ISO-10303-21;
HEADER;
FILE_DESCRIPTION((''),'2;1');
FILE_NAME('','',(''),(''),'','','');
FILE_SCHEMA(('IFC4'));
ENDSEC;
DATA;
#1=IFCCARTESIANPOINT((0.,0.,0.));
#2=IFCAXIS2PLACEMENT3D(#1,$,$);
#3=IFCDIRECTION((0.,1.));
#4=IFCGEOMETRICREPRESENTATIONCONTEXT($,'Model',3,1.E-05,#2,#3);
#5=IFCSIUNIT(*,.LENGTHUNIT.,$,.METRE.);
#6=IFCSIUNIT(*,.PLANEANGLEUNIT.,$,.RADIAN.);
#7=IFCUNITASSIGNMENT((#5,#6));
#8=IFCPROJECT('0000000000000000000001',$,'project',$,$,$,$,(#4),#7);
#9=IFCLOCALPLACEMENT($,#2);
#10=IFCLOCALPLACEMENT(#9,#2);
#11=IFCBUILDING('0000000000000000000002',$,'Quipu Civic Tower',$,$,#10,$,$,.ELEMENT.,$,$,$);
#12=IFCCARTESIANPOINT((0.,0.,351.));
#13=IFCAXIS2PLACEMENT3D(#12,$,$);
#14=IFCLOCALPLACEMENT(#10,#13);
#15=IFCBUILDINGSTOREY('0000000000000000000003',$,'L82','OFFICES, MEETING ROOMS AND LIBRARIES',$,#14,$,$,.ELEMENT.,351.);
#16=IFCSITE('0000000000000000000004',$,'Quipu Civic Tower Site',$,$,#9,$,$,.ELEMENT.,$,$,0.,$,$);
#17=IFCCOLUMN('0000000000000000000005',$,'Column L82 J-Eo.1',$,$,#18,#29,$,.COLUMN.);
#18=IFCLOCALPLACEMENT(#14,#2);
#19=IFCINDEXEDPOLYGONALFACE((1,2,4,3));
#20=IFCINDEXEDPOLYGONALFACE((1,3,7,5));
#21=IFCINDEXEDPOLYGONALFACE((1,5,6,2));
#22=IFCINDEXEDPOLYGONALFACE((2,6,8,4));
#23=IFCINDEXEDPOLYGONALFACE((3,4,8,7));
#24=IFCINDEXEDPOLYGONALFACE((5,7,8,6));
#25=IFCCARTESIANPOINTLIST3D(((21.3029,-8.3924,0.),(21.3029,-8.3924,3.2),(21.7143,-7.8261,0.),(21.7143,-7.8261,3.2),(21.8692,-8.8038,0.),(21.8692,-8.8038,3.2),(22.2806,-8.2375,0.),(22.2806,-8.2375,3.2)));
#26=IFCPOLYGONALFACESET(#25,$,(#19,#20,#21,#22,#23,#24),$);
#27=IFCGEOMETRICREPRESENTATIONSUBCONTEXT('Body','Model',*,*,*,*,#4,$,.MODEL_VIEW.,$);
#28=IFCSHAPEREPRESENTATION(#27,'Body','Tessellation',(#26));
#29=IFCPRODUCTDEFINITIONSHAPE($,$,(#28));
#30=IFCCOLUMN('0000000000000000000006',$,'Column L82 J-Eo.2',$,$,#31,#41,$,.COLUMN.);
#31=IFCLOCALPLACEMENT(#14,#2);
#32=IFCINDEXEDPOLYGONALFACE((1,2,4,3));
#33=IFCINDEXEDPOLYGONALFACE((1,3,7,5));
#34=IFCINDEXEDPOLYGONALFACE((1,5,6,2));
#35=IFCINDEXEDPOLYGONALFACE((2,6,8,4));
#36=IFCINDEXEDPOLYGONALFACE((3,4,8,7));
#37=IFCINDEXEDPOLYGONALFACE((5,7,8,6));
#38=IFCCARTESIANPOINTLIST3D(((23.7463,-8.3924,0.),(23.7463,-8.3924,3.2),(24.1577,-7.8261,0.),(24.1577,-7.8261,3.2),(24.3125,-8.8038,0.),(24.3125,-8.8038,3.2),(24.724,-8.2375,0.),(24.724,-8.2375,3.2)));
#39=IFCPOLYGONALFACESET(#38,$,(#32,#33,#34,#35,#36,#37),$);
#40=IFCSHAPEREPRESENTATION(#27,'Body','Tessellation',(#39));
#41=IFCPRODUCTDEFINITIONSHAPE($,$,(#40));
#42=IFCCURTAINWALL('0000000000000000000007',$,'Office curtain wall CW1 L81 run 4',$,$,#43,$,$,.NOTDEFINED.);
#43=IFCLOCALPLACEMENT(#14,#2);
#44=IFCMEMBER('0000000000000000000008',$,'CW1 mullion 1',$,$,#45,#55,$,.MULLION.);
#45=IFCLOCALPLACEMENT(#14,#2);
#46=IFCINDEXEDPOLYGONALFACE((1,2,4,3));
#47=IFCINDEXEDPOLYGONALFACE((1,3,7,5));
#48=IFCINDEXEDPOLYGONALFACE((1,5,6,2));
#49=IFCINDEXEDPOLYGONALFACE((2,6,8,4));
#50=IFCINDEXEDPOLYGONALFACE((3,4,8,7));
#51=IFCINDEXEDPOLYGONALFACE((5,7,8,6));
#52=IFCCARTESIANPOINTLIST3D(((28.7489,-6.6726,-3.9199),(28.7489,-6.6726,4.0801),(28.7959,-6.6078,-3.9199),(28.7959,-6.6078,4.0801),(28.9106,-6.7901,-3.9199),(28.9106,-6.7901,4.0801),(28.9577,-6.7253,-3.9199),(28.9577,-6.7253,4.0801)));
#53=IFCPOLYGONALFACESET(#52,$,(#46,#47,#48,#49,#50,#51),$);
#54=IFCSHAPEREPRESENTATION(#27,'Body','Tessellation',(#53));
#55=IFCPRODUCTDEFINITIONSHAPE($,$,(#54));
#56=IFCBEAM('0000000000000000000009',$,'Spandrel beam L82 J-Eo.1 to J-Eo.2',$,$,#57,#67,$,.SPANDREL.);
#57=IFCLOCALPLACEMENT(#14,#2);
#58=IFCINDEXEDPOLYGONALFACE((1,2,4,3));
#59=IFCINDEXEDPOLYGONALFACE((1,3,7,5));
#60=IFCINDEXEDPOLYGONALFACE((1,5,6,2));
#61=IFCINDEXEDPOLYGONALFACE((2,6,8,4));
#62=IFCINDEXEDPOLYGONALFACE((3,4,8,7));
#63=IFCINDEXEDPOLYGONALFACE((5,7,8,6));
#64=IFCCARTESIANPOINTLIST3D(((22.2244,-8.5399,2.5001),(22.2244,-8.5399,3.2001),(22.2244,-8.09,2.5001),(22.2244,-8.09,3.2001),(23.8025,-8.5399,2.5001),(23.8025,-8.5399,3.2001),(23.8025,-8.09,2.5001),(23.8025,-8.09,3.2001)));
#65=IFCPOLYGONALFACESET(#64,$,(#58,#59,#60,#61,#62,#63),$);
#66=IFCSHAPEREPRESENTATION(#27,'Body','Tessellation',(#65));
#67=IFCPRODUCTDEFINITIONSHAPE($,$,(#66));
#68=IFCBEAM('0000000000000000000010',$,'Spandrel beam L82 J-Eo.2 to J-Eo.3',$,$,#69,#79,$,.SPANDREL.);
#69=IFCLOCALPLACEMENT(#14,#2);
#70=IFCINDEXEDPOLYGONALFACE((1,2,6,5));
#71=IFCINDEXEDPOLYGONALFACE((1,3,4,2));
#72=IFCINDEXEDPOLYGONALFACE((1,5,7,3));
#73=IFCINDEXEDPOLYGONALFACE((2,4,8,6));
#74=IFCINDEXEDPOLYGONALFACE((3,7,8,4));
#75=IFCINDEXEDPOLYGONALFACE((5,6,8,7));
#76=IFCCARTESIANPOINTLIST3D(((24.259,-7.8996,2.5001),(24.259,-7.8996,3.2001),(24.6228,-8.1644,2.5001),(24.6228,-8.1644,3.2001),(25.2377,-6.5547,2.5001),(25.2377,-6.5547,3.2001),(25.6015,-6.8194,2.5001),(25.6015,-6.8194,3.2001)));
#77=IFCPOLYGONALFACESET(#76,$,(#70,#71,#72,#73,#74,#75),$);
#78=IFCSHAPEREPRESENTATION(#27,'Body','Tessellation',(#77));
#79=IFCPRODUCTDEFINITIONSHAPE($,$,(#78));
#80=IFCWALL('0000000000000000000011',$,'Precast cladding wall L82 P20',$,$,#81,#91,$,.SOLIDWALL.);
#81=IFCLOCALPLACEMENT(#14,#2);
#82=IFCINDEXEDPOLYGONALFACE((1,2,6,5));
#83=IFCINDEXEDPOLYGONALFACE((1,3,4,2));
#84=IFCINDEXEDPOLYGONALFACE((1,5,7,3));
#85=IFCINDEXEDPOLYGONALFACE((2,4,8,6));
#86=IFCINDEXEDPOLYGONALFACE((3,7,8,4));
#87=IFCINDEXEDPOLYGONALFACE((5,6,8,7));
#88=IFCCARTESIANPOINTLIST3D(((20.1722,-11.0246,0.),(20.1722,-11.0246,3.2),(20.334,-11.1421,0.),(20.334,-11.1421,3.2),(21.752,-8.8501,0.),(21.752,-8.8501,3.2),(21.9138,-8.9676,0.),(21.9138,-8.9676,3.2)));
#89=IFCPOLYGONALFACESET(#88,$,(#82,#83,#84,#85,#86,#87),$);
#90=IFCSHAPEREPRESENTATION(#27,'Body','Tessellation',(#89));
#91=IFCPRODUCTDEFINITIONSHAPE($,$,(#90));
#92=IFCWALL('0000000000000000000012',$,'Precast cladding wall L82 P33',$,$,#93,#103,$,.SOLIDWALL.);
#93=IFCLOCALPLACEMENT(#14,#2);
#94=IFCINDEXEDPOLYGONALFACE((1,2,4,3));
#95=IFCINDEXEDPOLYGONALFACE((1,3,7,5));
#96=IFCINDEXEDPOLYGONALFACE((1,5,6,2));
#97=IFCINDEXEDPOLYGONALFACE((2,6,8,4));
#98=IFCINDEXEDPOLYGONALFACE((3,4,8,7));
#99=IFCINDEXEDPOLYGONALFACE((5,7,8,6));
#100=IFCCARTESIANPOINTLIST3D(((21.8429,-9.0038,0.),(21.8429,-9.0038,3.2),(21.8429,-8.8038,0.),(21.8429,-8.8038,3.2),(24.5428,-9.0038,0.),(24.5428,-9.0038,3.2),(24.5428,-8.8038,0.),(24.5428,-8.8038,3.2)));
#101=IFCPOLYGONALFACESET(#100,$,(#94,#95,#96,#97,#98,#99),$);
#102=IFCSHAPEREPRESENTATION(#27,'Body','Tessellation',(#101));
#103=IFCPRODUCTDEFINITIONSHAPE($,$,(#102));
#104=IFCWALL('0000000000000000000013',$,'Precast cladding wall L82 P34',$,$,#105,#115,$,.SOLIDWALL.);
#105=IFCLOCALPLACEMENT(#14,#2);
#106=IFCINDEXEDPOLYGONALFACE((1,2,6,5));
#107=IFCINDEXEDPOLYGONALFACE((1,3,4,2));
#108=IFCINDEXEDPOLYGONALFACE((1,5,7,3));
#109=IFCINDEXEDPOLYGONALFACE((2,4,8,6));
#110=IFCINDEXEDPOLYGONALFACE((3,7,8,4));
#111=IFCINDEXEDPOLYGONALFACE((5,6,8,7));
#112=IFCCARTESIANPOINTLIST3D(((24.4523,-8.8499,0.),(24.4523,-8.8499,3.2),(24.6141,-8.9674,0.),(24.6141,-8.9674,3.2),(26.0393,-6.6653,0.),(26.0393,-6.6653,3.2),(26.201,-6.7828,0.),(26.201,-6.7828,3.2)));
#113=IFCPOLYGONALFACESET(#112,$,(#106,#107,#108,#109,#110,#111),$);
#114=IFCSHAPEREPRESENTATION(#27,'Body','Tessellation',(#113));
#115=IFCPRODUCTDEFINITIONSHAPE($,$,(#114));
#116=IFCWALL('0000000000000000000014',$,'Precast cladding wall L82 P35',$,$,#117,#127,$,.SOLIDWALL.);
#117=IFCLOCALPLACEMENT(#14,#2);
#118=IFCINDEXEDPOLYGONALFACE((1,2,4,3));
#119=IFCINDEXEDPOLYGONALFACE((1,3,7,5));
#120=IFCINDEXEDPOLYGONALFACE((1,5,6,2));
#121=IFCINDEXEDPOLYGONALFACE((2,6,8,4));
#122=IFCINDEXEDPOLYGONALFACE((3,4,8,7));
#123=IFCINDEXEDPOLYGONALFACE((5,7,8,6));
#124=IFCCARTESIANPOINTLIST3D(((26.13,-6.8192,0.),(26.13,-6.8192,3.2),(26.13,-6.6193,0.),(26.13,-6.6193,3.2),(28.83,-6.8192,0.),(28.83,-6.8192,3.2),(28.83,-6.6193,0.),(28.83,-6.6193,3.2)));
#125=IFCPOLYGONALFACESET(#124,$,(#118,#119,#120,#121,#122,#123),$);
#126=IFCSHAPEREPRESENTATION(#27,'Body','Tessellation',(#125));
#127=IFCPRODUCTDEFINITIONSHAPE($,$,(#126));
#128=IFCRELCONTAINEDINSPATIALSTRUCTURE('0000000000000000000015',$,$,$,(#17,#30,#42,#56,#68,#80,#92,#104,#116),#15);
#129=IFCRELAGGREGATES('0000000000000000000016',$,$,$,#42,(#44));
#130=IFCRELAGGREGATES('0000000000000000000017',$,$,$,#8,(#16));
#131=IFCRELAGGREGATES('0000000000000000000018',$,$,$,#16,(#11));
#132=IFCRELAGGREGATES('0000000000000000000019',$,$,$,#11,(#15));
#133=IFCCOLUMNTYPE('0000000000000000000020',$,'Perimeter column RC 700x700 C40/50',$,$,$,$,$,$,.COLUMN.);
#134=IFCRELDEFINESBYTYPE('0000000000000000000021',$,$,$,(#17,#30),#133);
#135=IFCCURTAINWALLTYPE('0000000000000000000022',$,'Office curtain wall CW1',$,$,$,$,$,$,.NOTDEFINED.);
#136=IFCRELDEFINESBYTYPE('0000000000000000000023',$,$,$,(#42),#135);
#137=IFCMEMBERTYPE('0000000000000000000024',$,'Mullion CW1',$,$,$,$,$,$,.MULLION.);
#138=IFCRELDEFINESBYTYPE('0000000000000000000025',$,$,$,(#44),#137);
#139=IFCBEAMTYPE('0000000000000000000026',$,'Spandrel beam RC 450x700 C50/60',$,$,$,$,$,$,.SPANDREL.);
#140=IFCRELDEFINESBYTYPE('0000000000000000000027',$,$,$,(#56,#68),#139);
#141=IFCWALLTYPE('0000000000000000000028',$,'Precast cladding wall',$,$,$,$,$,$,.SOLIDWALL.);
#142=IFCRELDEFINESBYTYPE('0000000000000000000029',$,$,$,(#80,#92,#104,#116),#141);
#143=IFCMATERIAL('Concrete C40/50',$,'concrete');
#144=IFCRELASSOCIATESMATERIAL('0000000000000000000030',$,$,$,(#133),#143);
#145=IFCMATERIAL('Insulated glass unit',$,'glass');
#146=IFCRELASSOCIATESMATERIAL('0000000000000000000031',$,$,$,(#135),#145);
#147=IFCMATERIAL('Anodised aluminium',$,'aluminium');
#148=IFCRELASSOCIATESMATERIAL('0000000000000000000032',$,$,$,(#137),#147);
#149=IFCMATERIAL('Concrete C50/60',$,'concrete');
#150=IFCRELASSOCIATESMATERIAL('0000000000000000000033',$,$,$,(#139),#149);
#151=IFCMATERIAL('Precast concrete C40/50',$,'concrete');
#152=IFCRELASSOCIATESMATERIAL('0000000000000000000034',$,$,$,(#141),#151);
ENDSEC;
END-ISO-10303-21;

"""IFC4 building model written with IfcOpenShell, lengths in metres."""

from ifc_helpers import new_model, si_unit, direction, frame, frame_2d, origin, origin_2d, place, context, subcontext, project, spatial, rectangle, extrude, material, material_profile, profile_set, type_object, element, aggregate, save


model = new_model("IFC4")

# Units and contexts
model_context = context("Model", 3, precision=1e-05, world=origin(), true_north=direction((0.0, 1.0)))
body_context = subcontext(model_context, "Body", "Model", "MODEL_VIEW")
ifc_project = project(units=[si_unit("LENGTHUNIT", "METRE"), si_unit("PLANEANGLEUNIT", "RADIAN")], contexts=[model_context])

# Site, building, storey
site_placement = place(None, origin())
site = spatial("IfcSite", under=ifc_project, at=site_placement, Name="Quipu Civic Tower Site", CompositionType="ELEMENT", RefElevation=0.0)
building_placement = place(site_placement, origin())
building = spatial("IfcBuilding", under=site, at=building_placement, Name="Quipu Civic Tower", CompositionType="ELEMENT")
storey_placement = place(building_placement, frame((0.0, 0.0, 351.0)))
storey = spatial("IfcBuildingStorey", under=building, at=storey_placement, Name="L82", Description="OFFICES, MEETING ROOMS AND LIBRARIES", CompositionType="ELEMENT", Elevation=351.0)

# Columns
ifc_material_1 = material(Name="Concrete C40/50", Category="concrete")
ifc_material_profile_1 = material_profile(ifc_material_1, rectangle(XDim=0.7, YDim=0.7, at=origin_2d()), Name="RC700x700")
ifc_profile_set_1 = profile_set([ifc_material_profile_1], Name="Concrete C40/50")
column_type = type_object("IfcColumnType", Name="Perimeter column RC 700x700 C40/50", PredefinedType="COLUMN", material=ifc_profile_set_1)
for number, where, z_axis, x_axis, name in (
    (1, (21.7917, -8.3149, 0.0), (0.0, 0.0, 1.0), (0.587785, 0.809017, 0.0), "Column L82 J-Eo.1"),
    (2, (24.2351, -8.3149, 0.0), (0.0, 0.0, 1.0), (0.587785, 0.809017, 0.0), "Column L82 J-Eo.2"),
):
    element("IfcColumn", number, at=place(storey_placement, frame(where, z_axis=z_axis, x_axis=x_axis)), inside=storey, type_object=column_type, Name=name, PredefinedType="COLUMN", context=body_context, shape_type="SweptSolid", body=[
        extrude(rectangle(XDim=0.7, YDim=0.7, at=origin_2d()), origin(), (0.0, 0.0, 1.0), 3.2),
    ])

# Curtain wall, member
ifc_material_2 = material(Name="Insulated glass unit", Category="glass")
curtain_wall_type = type_object("IfcCurtainWallType", Name="Office curtain wall CW1", PredefinedType="NOTDEFINED", material=ifc_material_2)
curtain_wall_placement = place(storey_placement, origin())
curtain_wall = element("IfcCurtainWall", 3, at=curtain_wall_placement, inside=storey, type_object=curtain_wall_type, Name="Office curtain wall CW1 L81 run 4", PredefinedType="NOTDEFINED")
ifc_material_3 = material(Name="Anodised aluminium", Category="aluminium")
ifc_material_profile_2 = material_profile(ifc_material_3, rectangle(XDim=0.2, YDim=0.0801, at=origin_2d()), Name="RECT 200x80")
ifc_profile_set_2 = profile_set([ifc_material_profile_2], Name="Anodised aluminium")
member_type = type_object("IfcMemberType", Name="Mullion CW1", PredefinedType="MULLION", material=ifc_profile_set_2)
member_placement = place(storey_placement, frame((28.8533, -6.699, -3.9199), z_axis=(0.0, 0.0, 1.0), x_axis=(-0.809016, 0.587786, 0.0)))
member = element("IfcMember", 4, at=member_placement, type_object=member_type, Name="CW1 mullion 1", PredefinedType="MULLION", context=body_context, shape_type="SweptSolid", body=[
    extrude(rectangle(XDim=0.2, YDim=0.0801, at=origin_2d()), origin(), (0.0, 0.0, 1.0), 8.0),
])
aggregate(curtain_wall, [member])

# Beams
ifc_material_4 = material(Name="Concrete C50/60", Category="concrete")
ifc_material_profile_3 = material_profile(ifc_material_4, rectangle(XDim=0.45, YDim=0.7, at=origin_2d()), Name="RC450x700")
ifc_profile_set_3 = profile_set([ifc_material_profile_3], Name="Concrete C50/60")
beam_type = type_object("IfcBeamType", Name="Spandrel beam RC 450x700 C50/60", PredefinedType="SPANDREL", material=ifc_profile_set_3)
beam_1_placement = place(storey_placement, frame((22.2244, -8.3149, 2.8501), z_axis=(1.0, 0.0, 0.0), x_axis=(0.0, 1.0, 0.0)))
element("IfcBeam", 5, at=beam_1_placement, inside=storey, type_object=beam_type, Name="Spandrel beam L82 J-Eo.1 to J-Eo.2", PredefinedType="SPANDREL", context=body_context, shape_type="SweptSolid", body=[
    extrude(rectangle(XDim=0.45, YDim=0.7, at=origin_2d()), origin(), (0.0, 0.0, 1.0), 1.5781),
])
beam_2_placement = place(storey_placement, frame((24.4409, -8.032, 2.8501), z_axis=(0.588407, 0.808565, 0.0), x_axis=(-0.808565, 0.588407, 0.0)))
element("IfcBeam", 6, at=beam_2_placement, inside=storey, type_object=beam_type, Name="Spandrel beam L82 J-Eo.2 to J-Eo.3", PredefinedType="SPANDREL", context=body_context, shape_type="SweptSolid", body=[
    extrude(rectangle(XDim=0.45, YDim=0.7, at=origin_2d()), origin(), (0.0, 0.0, 1.0), 1.6633),
])

# Walls
ifc_material_5 = material(Name="Precast concrete C40/50", Category="concrete")
wall_type = type_object("IfcWallType", Name="Precast cladding wall", PredefinedType="SOLIDWALL", material=ifc_material_5)
wall_1_placement = place(storey_placement, frame((20.2532, -11.0833, 0.0), z_axis=(0.0, 0.0, 1.0), x_axis=(0.587767, 0.809031, 0.0)))
element("IfcWall", 7, at=wall_1_placement, inside=storey, type_object=wall_type, Name="Precast cladding wall L82 P20", PredefinedType="SOLIDWALL", context=body_context, shape_type="SweptSolid", body=[
    extrude(rectangle(XDim=2.6877, YDim=0.2, at=frame_2d((1.3438, 0.0))), origin(), (0.0, 0.0, 1.0), 3.2),
])
wall_2_placement = place(storey_placement, frame((21.8428, -8.9038, 0.0), z_axis=(0.0, 0.0, 1.0), x_axis=(1.0, 0.0, 0.0)))
element("IfcWall", 8, at=wall_2_placement, inside=storey, type_object=wall_type, Name="Precast cladding wall L82 P33", PredefinedType="SOLIDWALL", context=body_context, shape_type="SweptSolid", body=[
    extrude(rectangle(XDim=2.7, YDim=0.2, at=frame_2d((1.3501, 0.0))), origin(), (0.0, 0.0, 1.0), 3.2),
])
wall_3_placement = place(storey_placement, frame((24.5332, -8.9087, 0.0), z_axis=(0.0, 0.0, 1.0), x_axis=(0.58772, 0.809064, 0.0)))
element("IfcWall", 9, at=wall_3_placement, inside=storey, type_object=wall_type, Name="Precast cladding wall L82 P34", PredefinedType="SOLIDWALL", context=body_context, shape_type="SweptSolid", body=[
    extrude(rectangle(XDim=2.7002, YDim=0.2, at=frame_2d((1.3501, 0.0))), origin(), (0.0, 0.0, 1.0), 3.2),
])
wall_4_placement = place(storey_placement, frame((26.1299, -6.7192, 0.0), z_axis=(0.0, 0.0, 1.0), x_axis=(1.0, 0.0, 0.0)))
element("IfcWall", 10, at=wall_4_placement, inside=storey, type_object=wall_type, Name="Precast cladding wall L82 P35", PredefinedType="SOLIDWALL", context=body_context, shape_type="SweptSolid", body=[
    extrude(rectangle(XDim=2.7, YDim=0.2, at=frame_2d((1.3501, 0.0))), origin(), (0.0, 0.0, 1.0), 3.2),
])

save(model, "model.ifc")
